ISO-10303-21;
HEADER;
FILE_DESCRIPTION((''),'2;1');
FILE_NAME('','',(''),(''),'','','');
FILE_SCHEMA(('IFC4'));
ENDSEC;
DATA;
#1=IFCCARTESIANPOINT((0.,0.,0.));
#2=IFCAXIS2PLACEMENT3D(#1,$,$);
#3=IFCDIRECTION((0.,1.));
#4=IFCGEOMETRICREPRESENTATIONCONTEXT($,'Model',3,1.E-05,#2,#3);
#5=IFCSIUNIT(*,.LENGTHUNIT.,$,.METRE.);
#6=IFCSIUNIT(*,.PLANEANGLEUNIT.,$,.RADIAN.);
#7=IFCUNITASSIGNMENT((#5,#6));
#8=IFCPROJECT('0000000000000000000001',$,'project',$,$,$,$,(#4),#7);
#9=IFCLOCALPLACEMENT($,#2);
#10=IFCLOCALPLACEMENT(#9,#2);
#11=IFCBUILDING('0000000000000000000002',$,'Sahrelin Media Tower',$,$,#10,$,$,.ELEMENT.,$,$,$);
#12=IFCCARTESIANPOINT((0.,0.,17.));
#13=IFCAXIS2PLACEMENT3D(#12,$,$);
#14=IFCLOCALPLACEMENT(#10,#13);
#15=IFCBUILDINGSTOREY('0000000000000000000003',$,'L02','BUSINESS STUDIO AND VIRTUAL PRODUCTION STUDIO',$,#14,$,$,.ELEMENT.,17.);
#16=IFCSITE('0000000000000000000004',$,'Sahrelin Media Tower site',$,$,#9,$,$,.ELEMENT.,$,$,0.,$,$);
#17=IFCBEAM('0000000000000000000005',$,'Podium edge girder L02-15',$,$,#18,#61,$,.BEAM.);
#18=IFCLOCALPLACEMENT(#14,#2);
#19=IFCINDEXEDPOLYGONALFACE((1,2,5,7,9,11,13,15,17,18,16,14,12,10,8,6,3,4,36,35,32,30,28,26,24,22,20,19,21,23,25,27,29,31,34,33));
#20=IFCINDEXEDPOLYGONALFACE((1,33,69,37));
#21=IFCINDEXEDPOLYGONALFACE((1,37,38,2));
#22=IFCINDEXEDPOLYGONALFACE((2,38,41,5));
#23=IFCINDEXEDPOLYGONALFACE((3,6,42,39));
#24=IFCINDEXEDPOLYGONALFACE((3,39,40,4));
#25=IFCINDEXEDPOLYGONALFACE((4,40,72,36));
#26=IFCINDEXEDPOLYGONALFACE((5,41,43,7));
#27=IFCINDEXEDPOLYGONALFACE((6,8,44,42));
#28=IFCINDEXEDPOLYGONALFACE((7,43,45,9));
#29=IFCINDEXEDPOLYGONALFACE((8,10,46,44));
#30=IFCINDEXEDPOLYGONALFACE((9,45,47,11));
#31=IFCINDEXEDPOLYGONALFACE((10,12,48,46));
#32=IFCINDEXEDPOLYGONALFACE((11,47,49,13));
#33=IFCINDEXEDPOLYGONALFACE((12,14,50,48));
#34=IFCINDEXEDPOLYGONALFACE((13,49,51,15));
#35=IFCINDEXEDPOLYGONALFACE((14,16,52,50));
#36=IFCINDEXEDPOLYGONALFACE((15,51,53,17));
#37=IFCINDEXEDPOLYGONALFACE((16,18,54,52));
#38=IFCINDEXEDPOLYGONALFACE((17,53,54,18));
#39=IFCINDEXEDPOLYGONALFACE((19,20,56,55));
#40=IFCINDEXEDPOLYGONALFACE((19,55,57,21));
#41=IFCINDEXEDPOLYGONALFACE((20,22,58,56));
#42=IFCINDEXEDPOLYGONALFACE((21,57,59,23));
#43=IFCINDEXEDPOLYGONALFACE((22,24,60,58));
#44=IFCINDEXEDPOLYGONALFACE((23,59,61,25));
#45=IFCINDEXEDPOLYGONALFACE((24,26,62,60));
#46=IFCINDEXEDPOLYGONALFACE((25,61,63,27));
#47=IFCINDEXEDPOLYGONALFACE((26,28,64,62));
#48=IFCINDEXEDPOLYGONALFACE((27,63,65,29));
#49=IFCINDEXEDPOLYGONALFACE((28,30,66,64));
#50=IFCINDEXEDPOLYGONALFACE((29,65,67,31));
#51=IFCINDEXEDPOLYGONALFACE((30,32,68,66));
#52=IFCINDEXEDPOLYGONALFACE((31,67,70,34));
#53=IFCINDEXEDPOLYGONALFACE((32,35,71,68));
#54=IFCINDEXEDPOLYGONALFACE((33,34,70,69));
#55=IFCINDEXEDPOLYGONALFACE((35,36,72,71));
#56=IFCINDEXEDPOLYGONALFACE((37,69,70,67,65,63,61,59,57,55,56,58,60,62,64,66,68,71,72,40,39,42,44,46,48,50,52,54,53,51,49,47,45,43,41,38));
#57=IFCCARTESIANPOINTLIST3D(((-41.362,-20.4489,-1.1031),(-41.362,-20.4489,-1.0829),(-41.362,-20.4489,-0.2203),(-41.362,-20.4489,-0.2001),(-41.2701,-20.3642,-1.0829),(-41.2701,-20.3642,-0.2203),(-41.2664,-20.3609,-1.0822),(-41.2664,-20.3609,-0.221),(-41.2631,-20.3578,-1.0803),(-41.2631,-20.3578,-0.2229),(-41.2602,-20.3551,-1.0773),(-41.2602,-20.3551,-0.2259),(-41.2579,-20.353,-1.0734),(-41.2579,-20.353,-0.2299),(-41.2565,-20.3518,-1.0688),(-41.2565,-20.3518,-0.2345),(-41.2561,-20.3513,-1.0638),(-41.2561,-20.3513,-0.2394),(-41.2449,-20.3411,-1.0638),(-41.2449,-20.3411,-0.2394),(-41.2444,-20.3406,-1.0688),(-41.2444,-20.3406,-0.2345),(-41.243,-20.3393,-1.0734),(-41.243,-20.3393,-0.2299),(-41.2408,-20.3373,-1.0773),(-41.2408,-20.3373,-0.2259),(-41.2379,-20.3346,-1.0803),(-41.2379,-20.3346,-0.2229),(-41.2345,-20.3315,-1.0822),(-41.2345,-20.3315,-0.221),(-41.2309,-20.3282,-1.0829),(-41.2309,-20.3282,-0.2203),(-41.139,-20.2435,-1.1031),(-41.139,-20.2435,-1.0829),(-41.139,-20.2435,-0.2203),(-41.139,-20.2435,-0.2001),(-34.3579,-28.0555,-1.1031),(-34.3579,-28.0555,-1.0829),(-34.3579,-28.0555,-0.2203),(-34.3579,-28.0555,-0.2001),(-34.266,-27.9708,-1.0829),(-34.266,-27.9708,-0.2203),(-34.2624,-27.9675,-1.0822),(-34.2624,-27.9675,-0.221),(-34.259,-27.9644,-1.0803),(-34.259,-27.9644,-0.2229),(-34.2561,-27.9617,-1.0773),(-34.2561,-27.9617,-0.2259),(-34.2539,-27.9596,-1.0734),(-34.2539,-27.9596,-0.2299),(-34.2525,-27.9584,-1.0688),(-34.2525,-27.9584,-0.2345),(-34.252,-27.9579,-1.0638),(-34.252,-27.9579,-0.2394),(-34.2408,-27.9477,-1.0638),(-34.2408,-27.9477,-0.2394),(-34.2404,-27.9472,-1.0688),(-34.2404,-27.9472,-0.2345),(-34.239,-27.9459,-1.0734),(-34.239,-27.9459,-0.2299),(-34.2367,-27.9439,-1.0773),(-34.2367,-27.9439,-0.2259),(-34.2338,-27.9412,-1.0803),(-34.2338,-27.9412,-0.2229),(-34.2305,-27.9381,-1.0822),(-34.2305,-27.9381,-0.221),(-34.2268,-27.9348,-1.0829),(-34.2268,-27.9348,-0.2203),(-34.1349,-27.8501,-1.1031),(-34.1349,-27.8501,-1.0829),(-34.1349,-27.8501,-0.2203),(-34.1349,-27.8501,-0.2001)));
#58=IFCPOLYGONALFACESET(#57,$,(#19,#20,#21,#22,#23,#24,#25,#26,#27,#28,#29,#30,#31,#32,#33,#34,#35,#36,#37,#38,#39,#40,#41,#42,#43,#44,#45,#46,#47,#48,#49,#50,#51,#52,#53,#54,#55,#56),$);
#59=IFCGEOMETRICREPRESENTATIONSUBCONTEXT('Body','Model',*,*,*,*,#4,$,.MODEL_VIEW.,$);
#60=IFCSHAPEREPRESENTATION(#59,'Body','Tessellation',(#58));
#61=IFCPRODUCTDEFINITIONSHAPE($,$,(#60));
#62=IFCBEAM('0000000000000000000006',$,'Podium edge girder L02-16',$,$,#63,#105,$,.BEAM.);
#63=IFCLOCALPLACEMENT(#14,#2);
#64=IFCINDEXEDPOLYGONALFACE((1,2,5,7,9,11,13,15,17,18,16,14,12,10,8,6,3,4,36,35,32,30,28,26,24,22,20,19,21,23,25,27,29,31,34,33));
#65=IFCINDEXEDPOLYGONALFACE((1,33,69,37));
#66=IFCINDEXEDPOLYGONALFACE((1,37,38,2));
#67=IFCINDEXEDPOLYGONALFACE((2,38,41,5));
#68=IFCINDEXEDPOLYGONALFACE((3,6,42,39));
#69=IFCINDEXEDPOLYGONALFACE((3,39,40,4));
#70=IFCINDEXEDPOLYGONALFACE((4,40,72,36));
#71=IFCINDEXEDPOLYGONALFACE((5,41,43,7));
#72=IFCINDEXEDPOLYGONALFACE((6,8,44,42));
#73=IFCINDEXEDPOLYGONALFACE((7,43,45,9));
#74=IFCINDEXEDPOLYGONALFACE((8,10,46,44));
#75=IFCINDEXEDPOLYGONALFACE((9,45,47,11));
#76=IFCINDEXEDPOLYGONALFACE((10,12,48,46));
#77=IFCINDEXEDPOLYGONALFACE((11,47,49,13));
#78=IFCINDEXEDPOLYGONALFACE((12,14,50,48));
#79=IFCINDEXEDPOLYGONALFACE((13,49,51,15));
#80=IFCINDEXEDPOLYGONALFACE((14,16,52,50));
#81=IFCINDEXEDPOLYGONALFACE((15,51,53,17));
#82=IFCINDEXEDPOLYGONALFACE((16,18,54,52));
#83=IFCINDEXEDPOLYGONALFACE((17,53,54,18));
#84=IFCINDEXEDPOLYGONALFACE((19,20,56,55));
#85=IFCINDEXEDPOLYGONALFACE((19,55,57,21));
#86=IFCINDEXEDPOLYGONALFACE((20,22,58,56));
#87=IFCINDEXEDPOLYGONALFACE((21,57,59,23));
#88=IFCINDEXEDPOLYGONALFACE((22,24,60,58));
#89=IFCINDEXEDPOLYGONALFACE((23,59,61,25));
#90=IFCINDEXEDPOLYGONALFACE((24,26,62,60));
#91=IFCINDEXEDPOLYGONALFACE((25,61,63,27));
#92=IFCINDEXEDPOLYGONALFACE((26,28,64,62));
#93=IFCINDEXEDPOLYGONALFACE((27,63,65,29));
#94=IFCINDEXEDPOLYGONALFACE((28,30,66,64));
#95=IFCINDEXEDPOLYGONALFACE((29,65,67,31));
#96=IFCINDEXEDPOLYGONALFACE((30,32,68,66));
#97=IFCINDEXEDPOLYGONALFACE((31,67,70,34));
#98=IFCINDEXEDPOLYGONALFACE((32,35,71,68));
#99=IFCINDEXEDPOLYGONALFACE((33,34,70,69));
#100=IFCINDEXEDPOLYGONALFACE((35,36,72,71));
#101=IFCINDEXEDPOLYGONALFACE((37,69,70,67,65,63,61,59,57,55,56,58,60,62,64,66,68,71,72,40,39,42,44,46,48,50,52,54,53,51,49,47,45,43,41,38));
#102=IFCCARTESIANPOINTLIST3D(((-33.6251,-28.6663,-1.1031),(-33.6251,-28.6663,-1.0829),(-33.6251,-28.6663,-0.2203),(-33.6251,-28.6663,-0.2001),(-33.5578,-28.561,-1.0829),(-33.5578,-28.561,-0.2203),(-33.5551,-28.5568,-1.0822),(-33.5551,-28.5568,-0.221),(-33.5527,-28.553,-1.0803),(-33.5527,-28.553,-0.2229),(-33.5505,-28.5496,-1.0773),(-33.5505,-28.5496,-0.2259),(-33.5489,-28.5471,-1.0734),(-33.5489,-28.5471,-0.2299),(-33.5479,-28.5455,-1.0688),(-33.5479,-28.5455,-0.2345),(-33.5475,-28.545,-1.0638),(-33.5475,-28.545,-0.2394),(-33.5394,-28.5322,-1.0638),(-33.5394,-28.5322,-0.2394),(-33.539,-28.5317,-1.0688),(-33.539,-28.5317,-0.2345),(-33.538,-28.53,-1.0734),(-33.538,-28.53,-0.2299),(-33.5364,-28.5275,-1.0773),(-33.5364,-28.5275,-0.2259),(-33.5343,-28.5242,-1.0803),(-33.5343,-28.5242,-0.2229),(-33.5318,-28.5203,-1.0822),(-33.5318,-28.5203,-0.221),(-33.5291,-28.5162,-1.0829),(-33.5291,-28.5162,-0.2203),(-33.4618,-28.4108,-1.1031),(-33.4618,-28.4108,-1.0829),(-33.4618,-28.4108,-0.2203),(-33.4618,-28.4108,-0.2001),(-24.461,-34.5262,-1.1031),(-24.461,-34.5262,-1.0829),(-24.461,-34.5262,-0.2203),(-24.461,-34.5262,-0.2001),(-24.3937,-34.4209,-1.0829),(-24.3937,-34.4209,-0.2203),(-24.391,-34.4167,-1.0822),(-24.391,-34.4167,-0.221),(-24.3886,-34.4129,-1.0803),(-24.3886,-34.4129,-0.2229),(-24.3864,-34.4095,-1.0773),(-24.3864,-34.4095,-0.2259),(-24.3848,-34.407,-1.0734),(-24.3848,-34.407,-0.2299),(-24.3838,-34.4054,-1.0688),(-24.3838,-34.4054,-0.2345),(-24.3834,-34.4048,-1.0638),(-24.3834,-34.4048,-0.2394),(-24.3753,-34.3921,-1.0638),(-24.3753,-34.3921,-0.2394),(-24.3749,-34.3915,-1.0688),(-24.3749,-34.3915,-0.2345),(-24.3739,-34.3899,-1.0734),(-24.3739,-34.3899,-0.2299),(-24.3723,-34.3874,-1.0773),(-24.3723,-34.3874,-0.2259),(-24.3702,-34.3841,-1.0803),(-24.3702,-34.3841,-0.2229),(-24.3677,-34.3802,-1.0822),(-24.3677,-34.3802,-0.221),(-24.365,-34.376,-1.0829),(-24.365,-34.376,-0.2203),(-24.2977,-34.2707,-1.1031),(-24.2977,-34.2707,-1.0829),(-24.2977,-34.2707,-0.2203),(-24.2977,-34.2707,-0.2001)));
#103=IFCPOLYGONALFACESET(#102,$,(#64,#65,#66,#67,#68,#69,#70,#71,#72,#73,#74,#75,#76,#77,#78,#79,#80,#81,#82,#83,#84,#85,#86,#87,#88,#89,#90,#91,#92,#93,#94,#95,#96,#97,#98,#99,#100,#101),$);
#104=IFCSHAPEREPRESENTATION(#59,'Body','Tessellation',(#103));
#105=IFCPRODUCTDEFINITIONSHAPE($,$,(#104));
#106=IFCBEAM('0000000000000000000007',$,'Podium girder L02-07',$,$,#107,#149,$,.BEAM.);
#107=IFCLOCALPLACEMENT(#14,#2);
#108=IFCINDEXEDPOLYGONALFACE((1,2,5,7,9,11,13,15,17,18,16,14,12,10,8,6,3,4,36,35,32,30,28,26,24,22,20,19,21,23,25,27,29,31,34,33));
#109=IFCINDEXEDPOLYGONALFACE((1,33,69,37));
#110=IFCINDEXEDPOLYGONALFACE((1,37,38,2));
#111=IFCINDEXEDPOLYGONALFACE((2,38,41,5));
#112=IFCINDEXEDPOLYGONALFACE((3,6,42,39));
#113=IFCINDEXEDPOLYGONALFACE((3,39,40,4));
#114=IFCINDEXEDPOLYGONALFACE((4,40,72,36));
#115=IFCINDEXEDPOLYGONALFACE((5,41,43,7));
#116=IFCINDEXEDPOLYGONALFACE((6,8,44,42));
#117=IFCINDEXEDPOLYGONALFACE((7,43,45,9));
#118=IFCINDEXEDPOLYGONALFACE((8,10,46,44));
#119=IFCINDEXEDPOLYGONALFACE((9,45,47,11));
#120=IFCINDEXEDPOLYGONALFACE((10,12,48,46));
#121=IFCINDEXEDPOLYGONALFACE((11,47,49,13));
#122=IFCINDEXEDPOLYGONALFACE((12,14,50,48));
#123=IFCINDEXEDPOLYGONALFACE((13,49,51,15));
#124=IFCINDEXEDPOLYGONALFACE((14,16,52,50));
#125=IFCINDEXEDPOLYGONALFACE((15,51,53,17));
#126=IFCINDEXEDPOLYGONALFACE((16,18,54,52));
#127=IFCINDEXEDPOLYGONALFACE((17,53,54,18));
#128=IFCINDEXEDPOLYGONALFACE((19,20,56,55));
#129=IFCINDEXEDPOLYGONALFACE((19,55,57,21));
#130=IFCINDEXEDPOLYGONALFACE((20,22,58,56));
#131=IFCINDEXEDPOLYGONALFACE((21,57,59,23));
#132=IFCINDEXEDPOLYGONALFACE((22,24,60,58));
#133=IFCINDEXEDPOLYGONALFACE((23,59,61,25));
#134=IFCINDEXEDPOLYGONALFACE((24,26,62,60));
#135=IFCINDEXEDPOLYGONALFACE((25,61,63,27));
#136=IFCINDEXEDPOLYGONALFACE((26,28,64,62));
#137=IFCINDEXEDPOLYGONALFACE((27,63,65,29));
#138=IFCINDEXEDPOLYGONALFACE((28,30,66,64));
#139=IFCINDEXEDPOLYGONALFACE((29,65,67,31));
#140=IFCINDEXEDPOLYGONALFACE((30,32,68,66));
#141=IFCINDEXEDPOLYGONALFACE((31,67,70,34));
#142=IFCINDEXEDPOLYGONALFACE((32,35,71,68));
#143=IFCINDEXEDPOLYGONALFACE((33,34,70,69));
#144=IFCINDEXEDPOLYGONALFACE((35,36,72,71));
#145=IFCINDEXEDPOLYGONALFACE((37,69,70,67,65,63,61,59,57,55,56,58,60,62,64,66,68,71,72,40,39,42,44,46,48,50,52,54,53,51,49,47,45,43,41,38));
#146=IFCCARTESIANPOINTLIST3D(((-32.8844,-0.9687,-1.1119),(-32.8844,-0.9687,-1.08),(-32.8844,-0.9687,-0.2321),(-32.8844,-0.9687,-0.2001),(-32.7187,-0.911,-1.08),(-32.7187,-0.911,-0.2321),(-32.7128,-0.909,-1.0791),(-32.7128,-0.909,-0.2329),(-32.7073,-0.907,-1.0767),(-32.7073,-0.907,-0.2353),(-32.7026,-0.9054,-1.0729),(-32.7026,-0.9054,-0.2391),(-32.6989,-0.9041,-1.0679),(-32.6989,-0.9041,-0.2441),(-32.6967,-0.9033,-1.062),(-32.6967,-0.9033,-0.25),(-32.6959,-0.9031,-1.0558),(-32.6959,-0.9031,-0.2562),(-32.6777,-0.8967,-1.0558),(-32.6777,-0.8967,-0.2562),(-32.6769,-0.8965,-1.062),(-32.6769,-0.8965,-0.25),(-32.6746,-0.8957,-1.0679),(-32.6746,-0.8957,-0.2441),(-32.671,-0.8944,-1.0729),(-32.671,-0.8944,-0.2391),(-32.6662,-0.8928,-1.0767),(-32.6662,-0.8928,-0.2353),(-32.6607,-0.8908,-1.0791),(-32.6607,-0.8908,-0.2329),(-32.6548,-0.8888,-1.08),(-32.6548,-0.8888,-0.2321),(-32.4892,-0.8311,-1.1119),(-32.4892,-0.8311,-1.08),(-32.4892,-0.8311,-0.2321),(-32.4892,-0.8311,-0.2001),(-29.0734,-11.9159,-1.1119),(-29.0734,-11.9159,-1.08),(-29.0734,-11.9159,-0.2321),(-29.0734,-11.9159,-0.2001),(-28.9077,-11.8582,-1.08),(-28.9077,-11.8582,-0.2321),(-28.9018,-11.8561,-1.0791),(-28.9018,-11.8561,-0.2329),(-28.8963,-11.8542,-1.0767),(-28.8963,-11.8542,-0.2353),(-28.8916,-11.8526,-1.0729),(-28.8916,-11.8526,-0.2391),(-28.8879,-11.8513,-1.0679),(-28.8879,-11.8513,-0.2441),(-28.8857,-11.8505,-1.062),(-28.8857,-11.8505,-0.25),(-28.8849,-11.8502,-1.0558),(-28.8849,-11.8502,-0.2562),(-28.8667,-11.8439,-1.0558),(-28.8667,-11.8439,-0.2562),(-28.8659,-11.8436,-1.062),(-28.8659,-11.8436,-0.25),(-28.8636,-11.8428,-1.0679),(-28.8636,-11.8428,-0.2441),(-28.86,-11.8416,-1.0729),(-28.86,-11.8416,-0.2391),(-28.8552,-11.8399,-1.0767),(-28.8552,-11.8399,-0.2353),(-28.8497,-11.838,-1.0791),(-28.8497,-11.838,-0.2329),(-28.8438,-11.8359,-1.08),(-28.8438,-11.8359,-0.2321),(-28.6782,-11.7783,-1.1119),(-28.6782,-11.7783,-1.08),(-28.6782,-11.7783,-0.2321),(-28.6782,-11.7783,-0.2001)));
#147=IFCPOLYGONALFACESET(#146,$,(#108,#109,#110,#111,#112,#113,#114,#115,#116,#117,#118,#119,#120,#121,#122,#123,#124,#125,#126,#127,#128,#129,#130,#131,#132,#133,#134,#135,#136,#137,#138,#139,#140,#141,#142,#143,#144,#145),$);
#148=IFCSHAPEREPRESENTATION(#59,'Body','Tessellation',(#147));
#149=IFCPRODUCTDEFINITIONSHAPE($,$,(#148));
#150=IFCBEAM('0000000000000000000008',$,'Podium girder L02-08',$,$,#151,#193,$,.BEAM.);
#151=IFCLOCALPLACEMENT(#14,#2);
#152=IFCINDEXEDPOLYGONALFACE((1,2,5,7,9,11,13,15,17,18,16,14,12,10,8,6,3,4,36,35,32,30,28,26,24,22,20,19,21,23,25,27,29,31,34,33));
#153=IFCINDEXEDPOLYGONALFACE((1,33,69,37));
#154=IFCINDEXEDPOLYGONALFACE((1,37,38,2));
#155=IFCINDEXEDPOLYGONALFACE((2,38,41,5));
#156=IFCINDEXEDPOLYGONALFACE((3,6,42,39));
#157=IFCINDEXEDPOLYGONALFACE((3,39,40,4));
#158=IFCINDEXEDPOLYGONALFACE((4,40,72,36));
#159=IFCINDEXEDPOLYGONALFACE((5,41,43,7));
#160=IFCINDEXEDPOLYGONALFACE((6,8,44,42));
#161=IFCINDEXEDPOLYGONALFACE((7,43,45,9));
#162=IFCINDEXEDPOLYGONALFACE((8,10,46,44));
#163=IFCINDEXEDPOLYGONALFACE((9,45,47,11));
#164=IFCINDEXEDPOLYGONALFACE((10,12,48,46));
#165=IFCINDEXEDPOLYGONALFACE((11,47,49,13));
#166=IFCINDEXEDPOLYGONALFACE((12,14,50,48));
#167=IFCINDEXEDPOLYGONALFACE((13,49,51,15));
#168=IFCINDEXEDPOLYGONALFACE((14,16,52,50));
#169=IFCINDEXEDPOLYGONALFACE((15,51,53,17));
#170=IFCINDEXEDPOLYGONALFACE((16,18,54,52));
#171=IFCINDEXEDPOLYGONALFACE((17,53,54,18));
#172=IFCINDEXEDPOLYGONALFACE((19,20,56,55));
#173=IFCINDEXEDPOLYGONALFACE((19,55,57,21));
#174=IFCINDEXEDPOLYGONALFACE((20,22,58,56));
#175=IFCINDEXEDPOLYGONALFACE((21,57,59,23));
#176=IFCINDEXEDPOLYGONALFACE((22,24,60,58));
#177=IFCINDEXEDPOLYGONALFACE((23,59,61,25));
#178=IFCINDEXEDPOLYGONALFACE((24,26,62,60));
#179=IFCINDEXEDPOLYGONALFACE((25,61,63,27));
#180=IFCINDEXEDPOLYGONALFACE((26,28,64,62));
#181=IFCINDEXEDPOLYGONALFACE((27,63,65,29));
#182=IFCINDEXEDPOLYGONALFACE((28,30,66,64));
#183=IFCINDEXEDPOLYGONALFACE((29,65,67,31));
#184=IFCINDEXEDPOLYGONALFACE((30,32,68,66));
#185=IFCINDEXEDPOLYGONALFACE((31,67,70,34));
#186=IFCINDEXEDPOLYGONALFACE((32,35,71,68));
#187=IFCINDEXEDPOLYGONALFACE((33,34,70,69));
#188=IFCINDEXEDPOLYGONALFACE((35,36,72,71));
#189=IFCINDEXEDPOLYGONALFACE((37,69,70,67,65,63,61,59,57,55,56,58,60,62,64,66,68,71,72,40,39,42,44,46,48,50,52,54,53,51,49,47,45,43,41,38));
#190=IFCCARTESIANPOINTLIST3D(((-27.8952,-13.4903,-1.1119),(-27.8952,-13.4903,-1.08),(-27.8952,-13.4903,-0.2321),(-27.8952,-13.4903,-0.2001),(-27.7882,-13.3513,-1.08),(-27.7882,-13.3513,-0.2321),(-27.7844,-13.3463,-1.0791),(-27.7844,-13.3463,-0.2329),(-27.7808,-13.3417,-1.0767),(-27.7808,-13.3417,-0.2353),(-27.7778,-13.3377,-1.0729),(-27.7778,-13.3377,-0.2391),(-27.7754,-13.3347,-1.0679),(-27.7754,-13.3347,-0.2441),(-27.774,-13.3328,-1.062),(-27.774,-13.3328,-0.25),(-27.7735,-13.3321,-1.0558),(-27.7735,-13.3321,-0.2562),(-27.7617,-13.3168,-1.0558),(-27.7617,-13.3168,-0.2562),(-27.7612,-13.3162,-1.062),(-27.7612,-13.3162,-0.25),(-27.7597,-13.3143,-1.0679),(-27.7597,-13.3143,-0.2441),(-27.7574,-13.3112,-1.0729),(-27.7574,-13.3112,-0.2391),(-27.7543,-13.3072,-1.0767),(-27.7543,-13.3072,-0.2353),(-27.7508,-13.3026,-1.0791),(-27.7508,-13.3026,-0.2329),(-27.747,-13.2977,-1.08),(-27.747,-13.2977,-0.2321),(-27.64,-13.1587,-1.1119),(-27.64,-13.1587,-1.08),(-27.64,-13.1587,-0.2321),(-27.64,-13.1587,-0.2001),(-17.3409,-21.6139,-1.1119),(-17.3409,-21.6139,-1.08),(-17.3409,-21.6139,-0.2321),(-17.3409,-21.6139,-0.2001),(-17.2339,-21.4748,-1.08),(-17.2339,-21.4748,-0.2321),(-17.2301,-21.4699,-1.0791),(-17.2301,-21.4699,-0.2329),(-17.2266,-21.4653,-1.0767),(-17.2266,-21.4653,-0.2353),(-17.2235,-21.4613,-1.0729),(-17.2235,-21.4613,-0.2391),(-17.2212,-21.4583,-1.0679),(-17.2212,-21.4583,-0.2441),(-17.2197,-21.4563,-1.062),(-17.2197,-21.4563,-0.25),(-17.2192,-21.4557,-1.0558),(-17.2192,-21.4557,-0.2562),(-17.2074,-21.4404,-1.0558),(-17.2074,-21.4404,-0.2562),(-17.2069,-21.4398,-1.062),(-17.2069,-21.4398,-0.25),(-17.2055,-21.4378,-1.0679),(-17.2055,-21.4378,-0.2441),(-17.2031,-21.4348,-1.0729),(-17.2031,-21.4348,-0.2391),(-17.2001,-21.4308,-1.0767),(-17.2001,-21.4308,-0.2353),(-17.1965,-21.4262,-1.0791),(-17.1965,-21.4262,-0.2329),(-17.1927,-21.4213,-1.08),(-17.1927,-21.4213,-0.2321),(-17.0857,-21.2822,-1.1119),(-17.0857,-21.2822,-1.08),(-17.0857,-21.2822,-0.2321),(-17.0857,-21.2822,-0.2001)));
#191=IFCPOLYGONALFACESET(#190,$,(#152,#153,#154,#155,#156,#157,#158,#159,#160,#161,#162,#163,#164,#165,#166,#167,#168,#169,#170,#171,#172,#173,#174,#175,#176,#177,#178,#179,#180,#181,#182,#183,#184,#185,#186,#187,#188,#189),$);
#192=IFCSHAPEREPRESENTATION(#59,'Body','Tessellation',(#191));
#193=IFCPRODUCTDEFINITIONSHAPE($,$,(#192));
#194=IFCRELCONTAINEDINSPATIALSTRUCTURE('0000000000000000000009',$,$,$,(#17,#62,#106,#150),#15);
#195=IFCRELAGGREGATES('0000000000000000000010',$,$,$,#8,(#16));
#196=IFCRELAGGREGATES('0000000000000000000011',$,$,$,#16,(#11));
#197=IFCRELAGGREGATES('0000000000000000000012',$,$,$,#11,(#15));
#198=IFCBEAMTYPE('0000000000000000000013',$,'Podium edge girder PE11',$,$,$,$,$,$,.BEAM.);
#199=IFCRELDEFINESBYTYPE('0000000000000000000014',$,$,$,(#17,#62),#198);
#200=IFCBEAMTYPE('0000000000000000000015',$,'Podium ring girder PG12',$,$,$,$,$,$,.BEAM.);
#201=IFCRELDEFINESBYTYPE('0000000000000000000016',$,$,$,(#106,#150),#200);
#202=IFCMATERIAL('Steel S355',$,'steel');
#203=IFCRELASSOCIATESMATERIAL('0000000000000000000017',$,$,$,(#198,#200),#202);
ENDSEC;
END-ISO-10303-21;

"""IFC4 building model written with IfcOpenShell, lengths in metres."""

from ifc_helpers import new_model, si_unit, direction, frame, origin, origin_2d, place, context, subcontext, project, spatial, i_section, extrude, material, material_profile, profile_set, type_object, element, save


model = new_model("IFC4")

# Units and contexts
model_context = context("Model", 3, precision=1e-05, world=origin(), true_north=direction((0.0, 1.0)))
body_context = subcontext(model_context, "Body", "Model", "MODEL_VIEW")
ifc_project = project(units=[si_unit("LENGTHUNIT", "METRE"), si_unit("PLANEANGLEUNIT", "RADIAN")], contexts=[model_context])

# Site, building, storey
site_placement = place(None, origin())
site = spatial("IfcSite", under=ifc_project, at=site_placement, Name="Sahrelin Media Tower site", CompositionType="ELEMENT", RefElevation=0.0)
building_placement = place(site_placement, origin())
building = spatial("IfcBuilding", under=site, at=building_placement, Name="Sahrelin Media Tower", CompositionType="ELEMENT")
storey_placement = place(building_placement, frame((0.0, 0.0, 17.0)))
storey = spatial("IfcBuildingStorey", under=building, at=storey_placement, Name="L02", Description="BUSINESS STUDIO AND VIRTUAL PRODUCTION STUDIO", CompositionType="ELEMENT", Elevation=17.0)

# Beams
ifc_material_1 = material(Name="Steel S355", Category="steel")
ifc_material_profile_1 = material_profile(ifc_material_1, i_section(OverallWidth=0.3032, OverallDepth=0.9031, WebThickness=0.0151, FlangeThickness=0.0203, FilletRadius=0.019, at=origin_2d()), Name="UB 914x305x201")
ifc_profile_set_1 = profile_set([ifc_material_profile_1], Name="Steel S355")
beam_type_1 = type_object("IfcBeamType", Name="Podium edge girder PE11", PredefinedType="BEAM", material=ifc_profile_set_1)
beam_1_placement = place(storey_placement, frame((-41.2505, -20.3462, -0.6516), z_axis=(0.677371, -0.735642, 0.0), x_axis=(0.735642, 0.677371, 0.0)))
element("IfcBeam", 1, at=beam_1_placement, inside=storey, type_object=beam_type_1, Name="Podium edge girder L02-15", PredefinedType="BEAM", context=body_context, shape_type="SweptSolid", body=[
    extrude(i_section(OverallWidth=0.3032, OverallDepth=0.9031, WebThickness=0.0151, FlangeThickness=0.0203, FilletRadius=0.019, at=origin_2d()), origin(), (0.0, 0.0, 1.0), 10.3401),
])
beam_2_placement = place(storey_placement, frame((-33.5435, -28.5386, -0.6516), z_axis=(0.842486, -0.538719, 0.0), x_axis=(0.538719, 0.842486, 0.0)))
element("IfcBeam", 2, at=beam_2_placement, inside=storey, type_object=beam_type_1, Name="Podium edge girder L02-16", PredefinedType="BEAM", context=body_context, shape_type="SweptSolid", body=[
    extrude(i_section(OverallWidth=0.3032, OverallDepth=0.9031, WebThickness=0.0151, FlangeThickness=0.0203, FilletRadius=0.019, at=origin_2d()), origin(), (0.0, 0.0, 1.0), 10.8774),
])
ifc_material_profile_2 = material_profile(ifc_material_1, i_section(OverallWidth=0.4185, OverallDepth=0.9119, WebThickness=0.0193, FlangeThickness=0.032, FilletRadius=0.0242, at=origin_2d()), Name="UB 914x419x343")
ifc_profile_set_2 = profile_set([ifc_material_profile_2], Name="Steel S355")
beam_type_2 = type_object("IfcBeamType", Name="Podium ring girder PG12", PredefinedType="BEAM", material=ifc_profile_set_2)
beam_3_placement = place(storey_placement, frame((-32.6868, -0.8999, -0.656), z_axis=(0.328774, -0.944409, 0.0), x_axis=(0.944409, 0.328774, 0.0)))
element("IfcBeam", 3, at=beam_3_placement, inside=storey, type_object=beam_type_2, Name="Podium girder L02-07", PredefinedType="BEAM", context=body_context, shape_type="SweptSolid", body=[
    extrude(i_section(OverallWidth=0.4185, OverallDepth=0.9119, WebThickness=0.0193, FlangeThickness=0.032, FilletRadius=0.0242, at=origin_2d()), origin(), (0.0, 0.0, 1.0), 11.5916),
])
beam_4_placement = place(storey_placement, frame((-27.7676, -13.3245, -0.656), z_axis=(0.792445, -0.609943, 0.0), x_axis=(0.609943, 0.792445, 0.0)))
element("IfcBeam", 4, at=beam_4_placement, inside=storey, type_object=beam_type_2, Name="Podium girder L02-08", PredefinedType="BEAM", context=body_context, shape_type="SweptSolid", body=[
    extrude(i_section(OverallWidth=0.4185, OverallDepth=0.9119, WebThickness=0.0193, FlangeThickness=0.032, FilletRadius=0.0242, at=origin_2d()), origin(), (0.0, 0.0, 1.0), 13.3186),
])

save(model, "model.ifc")
